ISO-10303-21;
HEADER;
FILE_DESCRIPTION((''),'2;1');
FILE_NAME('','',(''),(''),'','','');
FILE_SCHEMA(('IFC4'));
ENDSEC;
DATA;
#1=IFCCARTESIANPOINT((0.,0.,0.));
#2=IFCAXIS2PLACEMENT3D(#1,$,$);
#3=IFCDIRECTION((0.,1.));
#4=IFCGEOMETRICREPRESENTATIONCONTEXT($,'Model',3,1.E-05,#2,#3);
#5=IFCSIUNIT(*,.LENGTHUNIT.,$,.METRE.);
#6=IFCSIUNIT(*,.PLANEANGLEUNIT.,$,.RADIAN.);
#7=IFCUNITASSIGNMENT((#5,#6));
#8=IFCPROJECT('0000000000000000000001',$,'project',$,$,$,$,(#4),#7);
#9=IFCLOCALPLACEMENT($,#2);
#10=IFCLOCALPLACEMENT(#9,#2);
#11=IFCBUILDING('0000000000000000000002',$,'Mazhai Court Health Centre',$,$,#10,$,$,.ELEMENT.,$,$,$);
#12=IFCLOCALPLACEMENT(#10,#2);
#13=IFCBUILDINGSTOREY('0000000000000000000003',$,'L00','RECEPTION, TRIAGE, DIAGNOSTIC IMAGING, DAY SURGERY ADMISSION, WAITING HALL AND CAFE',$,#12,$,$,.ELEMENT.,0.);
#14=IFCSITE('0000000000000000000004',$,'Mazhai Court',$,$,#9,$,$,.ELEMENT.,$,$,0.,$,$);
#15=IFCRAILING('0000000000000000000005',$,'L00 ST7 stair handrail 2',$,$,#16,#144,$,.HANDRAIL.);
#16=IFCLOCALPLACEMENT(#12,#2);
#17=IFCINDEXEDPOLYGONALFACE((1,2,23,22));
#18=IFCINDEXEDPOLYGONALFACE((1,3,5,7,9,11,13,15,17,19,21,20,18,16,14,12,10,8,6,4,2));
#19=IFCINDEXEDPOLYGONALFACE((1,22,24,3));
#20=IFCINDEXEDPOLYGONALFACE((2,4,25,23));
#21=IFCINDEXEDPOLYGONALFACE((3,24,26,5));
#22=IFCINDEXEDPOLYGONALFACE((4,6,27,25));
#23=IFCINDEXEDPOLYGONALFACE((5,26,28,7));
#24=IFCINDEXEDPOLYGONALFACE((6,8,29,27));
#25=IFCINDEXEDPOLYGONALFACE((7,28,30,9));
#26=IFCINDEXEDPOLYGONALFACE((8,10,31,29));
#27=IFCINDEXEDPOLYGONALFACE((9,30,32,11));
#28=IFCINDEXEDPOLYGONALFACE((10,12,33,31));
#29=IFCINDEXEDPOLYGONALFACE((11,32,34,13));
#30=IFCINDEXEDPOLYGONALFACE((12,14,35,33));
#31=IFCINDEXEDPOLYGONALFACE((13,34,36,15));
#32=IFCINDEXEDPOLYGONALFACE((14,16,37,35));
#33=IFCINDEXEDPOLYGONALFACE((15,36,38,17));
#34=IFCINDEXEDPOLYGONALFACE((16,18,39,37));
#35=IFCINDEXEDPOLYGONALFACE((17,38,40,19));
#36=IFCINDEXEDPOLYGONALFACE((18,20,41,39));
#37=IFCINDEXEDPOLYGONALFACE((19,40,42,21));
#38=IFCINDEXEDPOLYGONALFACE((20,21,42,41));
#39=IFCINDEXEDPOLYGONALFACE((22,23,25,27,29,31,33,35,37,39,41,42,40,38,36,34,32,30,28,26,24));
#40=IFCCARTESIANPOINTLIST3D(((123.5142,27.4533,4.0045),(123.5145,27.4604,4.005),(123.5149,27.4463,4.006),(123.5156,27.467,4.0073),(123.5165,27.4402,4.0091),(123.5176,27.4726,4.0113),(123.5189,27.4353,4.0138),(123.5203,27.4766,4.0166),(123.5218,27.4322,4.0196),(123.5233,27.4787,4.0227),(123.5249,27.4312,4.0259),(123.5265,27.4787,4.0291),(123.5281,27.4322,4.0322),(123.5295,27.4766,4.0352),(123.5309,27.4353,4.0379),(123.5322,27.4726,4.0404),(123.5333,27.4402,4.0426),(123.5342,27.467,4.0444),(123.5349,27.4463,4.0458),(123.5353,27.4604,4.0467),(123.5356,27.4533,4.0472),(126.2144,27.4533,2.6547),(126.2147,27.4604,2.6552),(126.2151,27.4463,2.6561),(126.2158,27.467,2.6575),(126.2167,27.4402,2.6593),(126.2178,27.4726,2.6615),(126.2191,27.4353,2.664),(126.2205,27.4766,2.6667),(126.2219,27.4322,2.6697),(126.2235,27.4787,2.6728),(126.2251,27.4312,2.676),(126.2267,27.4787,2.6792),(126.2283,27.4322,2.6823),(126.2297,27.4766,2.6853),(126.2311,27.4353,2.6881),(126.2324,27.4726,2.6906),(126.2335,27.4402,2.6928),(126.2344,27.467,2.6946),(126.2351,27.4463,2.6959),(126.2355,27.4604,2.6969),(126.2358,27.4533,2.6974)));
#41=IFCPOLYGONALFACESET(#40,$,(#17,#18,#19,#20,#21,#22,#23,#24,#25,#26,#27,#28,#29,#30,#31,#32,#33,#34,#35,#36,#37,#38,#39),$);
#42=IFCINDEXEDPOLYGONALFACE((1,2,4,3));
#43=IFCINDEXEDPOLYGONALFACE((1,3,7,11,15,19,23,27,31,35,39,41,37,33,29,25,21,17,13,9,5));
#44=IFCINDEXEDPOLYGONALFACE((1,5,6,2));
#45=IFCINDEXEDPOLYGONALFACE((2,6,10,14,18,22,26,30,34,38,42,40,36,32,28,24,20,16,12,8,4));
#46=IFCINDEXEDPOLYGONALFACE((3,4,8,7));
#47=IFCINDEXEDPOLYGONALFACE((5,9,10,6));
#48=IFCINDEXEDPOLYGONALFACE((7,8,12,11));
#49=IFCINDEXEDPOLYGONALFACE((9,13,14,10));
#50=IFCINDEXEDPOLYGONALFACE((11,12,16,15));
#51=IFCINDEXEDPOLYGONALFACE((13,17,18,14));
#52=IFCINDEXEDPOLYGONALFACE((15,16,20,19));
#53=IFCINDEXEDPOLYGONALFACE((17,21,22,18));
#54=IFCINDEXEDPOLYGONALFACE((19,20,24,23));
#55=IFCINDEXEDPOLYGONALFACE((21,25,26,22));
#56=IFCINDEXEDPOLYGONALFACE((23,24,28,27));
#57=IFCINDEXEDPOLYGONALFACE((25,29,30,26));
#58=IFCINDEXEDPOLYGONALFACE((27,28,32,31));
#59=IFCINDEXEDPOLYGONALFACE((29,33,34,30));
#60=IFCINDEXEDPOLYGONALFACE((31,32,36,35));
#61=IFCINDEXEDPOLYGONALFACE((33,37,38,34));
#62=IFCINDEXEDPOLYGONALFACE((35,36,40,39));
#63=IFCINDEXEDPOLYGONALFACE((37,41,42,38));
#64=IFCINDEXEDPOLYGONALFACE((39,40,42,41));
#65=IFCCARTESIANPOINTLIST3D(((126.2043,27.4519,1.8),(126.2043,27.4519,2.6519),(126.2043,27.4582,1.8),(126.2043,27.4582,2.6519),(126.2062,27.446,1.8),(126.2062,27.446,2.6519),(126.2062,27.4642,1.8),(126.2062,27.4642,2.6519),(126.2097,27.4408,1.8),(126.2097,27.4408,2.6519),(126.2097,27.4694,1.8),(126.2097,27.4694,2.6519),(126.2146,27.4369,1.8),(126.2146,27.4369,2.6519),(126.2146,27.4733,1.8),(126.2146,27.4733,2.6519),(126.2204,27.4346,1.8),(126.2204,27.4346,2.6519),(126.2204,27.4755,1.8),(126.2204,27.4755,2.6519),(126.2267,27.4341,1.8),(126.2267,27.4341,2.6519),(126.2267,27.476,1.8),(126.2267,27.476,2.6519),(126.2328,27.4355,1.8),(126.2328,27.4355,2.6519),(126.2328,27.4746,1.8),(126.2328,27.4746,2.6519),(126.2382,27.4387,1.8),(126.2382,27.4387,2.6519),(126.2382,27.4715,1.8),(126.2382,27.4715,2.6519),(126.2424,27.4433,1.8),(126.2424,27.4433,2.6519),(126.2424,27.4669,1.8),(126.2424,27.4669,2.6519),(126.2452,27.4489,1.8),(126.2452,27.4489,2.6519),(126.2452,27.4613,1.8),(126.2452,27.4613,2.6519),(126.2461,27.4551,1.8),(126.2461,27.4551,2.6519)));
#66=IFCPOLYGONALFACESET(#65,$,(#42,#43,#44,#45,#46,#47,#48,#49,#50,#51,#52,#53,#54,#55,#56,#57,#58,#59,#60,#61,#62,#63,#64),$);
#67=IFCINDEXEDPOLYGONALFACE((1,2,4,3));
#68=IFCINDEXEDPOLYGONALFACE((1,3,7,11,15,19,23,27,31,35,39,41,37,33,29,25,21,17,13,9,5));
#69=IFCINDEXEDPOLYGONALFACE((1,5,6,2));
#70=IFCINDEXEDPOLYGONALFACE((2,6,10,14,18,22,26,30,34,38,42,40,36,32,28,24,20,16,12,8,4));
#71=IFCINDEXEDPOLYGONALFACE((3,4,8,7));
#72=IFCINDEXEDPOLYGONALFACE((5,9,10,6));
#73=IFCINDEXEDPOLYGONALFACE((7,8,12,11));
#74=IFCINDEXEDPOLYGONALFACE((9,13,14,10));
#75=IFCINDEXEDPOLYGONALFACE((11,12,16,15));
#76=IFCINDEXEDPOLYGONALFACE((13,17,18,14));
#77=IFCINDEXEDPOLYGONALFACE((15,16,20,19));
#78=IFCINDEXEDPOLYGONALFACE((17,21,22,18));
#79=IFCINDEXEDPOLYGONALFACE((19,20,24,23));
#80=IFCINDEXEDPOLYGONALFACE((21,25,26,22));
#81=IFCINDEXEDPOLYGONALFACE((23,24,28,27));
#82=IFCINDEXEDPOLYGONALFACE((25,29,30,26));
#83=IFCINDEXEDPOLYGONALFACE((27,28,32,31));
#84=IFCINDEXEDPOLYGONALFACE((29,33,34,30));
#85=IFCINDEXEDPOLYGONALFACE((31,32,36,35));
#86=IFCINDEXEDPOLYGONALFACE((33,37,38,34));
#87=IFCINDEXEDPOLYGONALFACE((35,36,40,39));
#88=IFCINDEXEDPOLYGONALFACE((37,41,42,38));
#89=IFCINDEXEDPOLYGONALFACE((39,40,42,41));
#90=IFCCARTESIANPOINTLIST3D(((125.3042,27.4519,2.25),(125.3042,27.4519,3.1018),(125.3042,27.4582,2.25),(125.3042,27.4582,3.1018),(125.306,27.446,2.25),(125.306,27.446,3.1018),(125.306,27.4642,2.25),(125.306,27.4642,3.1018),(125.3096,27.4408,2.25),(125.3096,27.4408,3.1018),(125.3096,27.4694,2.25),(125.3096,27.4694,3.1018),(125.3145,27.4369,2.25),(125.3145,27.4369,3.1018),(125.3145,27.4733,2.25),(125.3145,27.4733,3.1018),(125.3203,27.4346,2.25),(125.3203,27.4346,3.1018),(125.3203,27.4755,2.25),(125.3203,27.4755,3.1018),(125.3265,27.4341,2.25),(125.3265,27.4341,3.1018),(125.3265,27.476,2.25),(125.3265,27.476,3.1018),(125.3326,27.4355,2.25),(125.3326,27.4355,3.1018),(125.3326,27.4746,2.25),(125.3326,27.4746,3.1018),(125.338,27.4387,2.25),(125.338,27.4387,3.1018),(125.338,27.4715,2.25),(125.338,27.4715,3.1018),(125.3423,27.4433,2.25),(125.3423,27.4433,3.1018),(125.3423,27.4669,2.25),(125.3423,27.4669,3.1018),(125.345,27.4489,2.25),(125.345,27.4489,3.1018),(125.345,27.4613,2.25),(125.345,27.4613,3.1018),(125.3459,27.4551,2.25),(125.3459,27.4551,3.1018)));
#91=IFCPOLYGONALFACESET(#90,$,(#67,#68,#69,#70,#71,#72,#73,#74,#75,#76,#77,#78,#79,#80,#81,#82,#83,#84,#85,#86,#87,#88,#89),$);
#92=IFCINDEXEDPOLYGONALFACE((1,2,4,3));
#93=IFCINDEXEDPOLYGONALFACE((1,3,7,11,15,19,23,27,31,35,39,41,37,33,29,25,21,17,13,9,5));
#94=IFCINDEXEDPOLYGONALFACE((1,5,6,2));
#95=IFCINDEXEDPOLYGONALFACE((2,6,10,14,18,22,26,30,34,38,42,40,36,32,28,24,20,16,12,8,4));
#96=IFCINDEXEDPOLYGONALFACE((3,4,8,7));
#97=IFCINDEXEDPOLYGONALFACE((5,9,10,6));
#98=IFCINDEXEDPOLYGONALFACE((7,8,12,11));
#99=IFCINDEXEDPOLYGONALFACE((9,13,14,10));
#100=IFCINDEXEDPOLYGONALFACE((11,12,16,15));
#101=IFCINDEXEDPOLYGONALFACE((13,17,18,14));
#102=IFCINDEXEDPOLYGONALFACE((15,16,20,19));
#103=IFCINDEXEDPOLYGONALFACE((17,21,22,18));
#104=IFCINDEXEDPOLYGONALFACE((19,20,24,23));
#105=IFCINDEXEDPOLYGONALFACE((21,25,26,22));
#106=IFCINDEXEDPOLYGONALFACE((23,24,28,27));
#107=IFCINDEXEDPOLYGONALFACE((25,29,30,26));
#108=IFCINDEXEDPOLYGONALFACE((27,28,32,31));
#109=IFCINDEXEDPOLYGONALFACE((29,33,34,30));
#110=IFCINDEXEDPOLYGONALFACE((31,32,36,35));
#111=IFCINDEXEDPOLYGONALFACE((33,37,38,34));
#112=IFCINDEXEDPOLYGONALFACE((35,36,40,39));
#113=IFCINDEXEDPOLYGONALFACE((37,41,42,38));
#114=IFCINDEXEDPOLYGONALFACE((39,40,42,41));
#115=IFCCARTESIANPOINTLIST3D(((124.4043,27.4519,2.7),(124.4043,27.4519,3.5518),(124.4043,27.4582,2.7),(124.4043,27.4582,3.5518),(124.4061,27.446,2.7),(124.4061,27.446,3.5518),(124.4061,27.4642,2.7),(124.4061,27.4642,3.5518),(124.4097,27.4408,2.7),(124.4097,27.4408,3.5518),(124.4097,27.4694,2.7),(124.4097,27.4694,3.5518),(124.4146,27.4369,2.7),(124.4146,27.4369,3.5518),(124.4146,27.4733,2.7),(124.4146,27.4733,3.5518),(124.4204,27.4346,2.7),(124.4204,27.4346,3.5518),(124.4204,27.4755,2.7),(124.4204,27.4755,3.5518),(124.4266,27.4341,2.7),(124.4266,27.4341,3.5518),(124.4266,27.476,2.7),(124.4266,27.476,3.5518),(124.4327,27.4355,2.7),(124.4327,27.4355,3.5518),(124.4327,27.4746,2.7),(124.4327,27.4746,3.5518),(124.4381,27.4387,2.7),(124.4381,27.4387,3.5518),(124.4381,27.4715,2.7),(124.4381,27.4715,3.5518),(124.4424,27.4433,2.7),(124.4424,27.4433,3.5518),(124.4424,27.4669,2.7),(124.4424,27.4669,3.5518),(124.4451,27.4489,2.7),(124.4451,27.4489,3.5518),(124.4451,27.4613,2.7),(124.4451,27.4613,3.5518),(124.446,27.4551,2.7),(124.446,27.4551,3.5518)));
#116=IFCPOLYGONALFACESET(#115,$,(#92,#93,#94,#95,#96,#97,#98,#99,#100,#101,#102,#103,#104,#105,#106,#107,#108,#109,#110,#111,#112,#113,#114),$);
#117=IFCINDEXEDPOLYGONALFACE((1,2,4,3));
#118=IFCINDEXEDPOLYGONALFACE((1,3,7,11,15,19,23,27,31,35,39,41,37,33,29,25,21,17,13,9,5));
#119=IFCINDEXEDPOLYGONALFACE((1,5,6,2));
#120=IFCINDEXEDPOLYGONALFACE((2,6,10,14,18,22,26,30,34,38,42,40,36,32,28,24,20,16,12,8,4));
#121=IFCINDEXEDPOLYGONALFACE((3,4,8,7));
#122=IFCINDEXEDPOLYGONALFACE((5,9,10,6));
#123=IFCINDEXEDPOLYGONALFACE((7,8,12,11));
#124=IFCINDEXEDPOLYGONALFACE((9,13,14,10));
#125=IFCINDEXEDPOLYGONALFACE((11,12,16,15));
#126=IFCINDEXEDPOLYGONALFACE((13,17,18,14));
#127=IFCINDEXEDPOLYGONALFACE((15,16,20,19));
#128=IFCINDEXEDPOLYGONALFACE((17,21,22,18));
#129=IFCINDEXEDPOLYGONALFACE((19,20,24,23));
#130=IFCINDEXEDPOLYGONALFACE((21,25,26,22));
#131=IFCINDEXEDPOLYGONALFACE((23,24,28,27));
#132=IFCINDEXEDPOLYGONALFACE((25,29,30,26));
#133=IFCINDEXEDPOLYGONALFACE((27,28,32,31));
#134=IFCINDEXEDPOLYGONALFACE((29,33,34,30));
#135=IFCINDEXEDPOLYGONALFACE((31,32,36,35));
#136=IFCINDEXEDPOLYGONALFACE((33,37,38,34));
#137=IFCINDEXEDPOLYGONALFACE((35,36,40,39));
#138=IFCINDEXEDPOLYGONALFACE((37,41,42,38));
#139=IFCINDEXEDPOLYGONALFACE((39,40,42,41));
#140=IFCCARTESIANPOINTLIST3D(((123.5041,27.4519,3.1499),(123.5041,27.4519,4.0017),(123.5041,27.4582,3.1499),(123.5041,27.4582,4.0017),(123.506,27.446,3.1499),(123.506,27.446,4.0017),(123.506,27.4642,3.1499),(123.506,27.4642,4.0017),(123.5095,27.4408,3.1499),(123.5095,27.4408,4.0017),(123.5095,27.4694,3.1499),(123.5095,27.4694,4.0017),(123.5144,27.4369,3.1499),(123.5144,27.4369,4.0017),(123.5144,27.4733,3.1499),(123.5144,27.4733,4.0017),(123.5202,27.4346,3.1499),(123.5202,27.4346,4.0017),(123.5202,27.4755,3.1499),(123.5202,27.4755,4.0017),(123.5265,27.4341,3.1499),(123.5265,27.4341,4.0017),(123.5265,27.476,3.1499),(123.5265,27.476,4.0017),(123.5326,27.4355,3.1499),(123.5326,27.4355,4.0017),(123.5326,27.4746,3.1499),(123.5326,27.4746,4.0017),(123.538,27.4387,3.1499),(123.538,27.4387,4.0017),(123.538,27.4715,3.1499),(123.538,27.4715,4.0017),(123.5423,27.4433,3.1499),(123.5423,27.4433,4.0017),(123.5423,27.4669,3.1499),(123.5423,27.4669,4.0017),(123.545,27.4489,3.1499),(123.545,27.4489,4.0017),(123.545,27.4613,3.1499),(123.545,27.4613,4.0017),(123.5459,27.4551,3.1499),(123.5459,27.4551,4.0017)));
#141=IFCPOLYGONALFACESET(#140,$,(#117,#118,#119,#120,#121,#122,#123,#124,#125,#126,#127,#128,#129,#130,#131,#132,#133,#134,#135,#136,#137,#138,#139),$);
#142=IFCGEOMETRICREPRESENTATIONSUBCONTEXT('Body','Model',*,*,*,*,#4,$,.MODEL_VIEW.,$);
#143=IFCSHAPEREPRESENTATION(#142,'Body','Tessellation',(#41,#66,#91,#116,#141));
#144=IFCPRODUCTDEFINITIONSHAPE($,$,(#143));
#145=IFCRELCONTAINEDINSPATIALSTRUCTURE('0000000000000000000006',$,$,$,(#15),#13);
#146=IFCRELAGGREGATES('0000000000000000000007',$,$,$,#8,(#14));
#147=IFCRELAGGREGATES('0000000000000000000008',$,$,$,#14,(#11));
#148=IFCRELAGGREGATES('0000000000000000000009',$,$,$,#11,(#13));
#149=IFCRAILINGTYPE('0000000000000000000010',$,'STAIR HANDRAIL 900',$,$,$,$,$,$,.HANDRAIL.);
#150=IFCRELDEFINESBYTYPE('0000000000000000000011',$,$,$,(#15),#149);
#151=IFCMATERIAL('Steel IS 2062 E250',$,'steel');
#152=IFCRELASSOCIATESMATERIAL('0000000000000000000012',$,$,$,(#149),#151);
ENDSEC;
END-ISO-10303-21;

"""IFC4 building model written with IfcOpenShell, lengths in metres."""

from ifc_helpers import new_model, si_unit, direction, frame, origin, origin_2d, place, context, subcontext, project, spatial, circle, extrude, material, type_object, element, save


model = new_model("IFC4")

# Units and contexts
model_context = context("Model", 3, precision=1e-05, world=origin(), true_north=direction((0.0, 1.0)))
body_context = subcontext(model_context, "Body", "Model", "MODEL_VIEW")
ifc_project = project(units=[si_unit("LENGTHUNIT", "METRE"), si_unit("PLANEANGLEUNIT", "RADIAN")], contexts=[model_context])

# Site, building, storey
site_placement = place(None, origin())
site = spatial("IfcSite", under=ifc_project, at=site_placement, Name="Mazhai Court", CompositionType="ELEMENT", RefElevation=0.0)
building_placement = place(site_placement, origin())
building = spatial("IfcBuilding", under=site, at=building_placement, Name="Mazhai Court Health Centre", CompositionType="ELEMENT")
storey_placement = place(building_placement, origin())
storey = spatial("IfcBuildingStorey", under=building, at=storey_placement, Name="L00", Description="RECEPTION, TRIAGE, DIAGNOSTIC IMAGING, DAY SURGERY ADMISSION, WAITING HALL AND CAFE", CompositionType="ELEMENT", Elevation=0.0)

# Railing
ifc_material_1 = material(Name="Steel IS 2062 E250", Category="steel")
railing_type_1 = type_object("IfcRailingType", Name="STAIR HANDRAIL 900", PredefinedType="HANDRAIL", material=ifc_material_1)
railing_1_placement = place(storey_placement, frame((126.2251, 27.4551, 1.8)))
element("IfcRailing", 1, at=railing_1_placement, inside=storey, type_object=railing_type_1, Name="L00 ST7 stair handrail 2", PredefinedType="HANDRAIL", context=body_context, shape_type="SweptSolid", body=[
    extrude(circle(Radius=0.0239, at=origin_2d()), frame((0.0, 0.0, 0.876), z_axis=(-0.89446, 0.0, 0.447149), x_axis=(0.0, -1.0, 0.0)), (0.0, 0.0, 1.0), 3.0188),
    extrude(circle(Radius=0.021, at=origin_2d()), origin(), (0.0, 0.0, 1.0), 0.8518),
    extrude(circle(Radius=0.021, at=origin_2d()), frame((-0.9001, 0.0, 0.45)), (0.0, 0.0, 1.0), 0.8518),
    extrude(circle(Radius=0.021, at=origin_2d()), frame((-1.8, 0.0, 0.8999)), (0.0, 0.0, 1.0), 0.8518),
    extrude(circle(Radius=0.021, at=origin_2d()), frame((-2.7002, 0.0, 1.3499)), (0.0, 0.0, 1.0), 0.8518),
])

save(model, "model.ifc")
